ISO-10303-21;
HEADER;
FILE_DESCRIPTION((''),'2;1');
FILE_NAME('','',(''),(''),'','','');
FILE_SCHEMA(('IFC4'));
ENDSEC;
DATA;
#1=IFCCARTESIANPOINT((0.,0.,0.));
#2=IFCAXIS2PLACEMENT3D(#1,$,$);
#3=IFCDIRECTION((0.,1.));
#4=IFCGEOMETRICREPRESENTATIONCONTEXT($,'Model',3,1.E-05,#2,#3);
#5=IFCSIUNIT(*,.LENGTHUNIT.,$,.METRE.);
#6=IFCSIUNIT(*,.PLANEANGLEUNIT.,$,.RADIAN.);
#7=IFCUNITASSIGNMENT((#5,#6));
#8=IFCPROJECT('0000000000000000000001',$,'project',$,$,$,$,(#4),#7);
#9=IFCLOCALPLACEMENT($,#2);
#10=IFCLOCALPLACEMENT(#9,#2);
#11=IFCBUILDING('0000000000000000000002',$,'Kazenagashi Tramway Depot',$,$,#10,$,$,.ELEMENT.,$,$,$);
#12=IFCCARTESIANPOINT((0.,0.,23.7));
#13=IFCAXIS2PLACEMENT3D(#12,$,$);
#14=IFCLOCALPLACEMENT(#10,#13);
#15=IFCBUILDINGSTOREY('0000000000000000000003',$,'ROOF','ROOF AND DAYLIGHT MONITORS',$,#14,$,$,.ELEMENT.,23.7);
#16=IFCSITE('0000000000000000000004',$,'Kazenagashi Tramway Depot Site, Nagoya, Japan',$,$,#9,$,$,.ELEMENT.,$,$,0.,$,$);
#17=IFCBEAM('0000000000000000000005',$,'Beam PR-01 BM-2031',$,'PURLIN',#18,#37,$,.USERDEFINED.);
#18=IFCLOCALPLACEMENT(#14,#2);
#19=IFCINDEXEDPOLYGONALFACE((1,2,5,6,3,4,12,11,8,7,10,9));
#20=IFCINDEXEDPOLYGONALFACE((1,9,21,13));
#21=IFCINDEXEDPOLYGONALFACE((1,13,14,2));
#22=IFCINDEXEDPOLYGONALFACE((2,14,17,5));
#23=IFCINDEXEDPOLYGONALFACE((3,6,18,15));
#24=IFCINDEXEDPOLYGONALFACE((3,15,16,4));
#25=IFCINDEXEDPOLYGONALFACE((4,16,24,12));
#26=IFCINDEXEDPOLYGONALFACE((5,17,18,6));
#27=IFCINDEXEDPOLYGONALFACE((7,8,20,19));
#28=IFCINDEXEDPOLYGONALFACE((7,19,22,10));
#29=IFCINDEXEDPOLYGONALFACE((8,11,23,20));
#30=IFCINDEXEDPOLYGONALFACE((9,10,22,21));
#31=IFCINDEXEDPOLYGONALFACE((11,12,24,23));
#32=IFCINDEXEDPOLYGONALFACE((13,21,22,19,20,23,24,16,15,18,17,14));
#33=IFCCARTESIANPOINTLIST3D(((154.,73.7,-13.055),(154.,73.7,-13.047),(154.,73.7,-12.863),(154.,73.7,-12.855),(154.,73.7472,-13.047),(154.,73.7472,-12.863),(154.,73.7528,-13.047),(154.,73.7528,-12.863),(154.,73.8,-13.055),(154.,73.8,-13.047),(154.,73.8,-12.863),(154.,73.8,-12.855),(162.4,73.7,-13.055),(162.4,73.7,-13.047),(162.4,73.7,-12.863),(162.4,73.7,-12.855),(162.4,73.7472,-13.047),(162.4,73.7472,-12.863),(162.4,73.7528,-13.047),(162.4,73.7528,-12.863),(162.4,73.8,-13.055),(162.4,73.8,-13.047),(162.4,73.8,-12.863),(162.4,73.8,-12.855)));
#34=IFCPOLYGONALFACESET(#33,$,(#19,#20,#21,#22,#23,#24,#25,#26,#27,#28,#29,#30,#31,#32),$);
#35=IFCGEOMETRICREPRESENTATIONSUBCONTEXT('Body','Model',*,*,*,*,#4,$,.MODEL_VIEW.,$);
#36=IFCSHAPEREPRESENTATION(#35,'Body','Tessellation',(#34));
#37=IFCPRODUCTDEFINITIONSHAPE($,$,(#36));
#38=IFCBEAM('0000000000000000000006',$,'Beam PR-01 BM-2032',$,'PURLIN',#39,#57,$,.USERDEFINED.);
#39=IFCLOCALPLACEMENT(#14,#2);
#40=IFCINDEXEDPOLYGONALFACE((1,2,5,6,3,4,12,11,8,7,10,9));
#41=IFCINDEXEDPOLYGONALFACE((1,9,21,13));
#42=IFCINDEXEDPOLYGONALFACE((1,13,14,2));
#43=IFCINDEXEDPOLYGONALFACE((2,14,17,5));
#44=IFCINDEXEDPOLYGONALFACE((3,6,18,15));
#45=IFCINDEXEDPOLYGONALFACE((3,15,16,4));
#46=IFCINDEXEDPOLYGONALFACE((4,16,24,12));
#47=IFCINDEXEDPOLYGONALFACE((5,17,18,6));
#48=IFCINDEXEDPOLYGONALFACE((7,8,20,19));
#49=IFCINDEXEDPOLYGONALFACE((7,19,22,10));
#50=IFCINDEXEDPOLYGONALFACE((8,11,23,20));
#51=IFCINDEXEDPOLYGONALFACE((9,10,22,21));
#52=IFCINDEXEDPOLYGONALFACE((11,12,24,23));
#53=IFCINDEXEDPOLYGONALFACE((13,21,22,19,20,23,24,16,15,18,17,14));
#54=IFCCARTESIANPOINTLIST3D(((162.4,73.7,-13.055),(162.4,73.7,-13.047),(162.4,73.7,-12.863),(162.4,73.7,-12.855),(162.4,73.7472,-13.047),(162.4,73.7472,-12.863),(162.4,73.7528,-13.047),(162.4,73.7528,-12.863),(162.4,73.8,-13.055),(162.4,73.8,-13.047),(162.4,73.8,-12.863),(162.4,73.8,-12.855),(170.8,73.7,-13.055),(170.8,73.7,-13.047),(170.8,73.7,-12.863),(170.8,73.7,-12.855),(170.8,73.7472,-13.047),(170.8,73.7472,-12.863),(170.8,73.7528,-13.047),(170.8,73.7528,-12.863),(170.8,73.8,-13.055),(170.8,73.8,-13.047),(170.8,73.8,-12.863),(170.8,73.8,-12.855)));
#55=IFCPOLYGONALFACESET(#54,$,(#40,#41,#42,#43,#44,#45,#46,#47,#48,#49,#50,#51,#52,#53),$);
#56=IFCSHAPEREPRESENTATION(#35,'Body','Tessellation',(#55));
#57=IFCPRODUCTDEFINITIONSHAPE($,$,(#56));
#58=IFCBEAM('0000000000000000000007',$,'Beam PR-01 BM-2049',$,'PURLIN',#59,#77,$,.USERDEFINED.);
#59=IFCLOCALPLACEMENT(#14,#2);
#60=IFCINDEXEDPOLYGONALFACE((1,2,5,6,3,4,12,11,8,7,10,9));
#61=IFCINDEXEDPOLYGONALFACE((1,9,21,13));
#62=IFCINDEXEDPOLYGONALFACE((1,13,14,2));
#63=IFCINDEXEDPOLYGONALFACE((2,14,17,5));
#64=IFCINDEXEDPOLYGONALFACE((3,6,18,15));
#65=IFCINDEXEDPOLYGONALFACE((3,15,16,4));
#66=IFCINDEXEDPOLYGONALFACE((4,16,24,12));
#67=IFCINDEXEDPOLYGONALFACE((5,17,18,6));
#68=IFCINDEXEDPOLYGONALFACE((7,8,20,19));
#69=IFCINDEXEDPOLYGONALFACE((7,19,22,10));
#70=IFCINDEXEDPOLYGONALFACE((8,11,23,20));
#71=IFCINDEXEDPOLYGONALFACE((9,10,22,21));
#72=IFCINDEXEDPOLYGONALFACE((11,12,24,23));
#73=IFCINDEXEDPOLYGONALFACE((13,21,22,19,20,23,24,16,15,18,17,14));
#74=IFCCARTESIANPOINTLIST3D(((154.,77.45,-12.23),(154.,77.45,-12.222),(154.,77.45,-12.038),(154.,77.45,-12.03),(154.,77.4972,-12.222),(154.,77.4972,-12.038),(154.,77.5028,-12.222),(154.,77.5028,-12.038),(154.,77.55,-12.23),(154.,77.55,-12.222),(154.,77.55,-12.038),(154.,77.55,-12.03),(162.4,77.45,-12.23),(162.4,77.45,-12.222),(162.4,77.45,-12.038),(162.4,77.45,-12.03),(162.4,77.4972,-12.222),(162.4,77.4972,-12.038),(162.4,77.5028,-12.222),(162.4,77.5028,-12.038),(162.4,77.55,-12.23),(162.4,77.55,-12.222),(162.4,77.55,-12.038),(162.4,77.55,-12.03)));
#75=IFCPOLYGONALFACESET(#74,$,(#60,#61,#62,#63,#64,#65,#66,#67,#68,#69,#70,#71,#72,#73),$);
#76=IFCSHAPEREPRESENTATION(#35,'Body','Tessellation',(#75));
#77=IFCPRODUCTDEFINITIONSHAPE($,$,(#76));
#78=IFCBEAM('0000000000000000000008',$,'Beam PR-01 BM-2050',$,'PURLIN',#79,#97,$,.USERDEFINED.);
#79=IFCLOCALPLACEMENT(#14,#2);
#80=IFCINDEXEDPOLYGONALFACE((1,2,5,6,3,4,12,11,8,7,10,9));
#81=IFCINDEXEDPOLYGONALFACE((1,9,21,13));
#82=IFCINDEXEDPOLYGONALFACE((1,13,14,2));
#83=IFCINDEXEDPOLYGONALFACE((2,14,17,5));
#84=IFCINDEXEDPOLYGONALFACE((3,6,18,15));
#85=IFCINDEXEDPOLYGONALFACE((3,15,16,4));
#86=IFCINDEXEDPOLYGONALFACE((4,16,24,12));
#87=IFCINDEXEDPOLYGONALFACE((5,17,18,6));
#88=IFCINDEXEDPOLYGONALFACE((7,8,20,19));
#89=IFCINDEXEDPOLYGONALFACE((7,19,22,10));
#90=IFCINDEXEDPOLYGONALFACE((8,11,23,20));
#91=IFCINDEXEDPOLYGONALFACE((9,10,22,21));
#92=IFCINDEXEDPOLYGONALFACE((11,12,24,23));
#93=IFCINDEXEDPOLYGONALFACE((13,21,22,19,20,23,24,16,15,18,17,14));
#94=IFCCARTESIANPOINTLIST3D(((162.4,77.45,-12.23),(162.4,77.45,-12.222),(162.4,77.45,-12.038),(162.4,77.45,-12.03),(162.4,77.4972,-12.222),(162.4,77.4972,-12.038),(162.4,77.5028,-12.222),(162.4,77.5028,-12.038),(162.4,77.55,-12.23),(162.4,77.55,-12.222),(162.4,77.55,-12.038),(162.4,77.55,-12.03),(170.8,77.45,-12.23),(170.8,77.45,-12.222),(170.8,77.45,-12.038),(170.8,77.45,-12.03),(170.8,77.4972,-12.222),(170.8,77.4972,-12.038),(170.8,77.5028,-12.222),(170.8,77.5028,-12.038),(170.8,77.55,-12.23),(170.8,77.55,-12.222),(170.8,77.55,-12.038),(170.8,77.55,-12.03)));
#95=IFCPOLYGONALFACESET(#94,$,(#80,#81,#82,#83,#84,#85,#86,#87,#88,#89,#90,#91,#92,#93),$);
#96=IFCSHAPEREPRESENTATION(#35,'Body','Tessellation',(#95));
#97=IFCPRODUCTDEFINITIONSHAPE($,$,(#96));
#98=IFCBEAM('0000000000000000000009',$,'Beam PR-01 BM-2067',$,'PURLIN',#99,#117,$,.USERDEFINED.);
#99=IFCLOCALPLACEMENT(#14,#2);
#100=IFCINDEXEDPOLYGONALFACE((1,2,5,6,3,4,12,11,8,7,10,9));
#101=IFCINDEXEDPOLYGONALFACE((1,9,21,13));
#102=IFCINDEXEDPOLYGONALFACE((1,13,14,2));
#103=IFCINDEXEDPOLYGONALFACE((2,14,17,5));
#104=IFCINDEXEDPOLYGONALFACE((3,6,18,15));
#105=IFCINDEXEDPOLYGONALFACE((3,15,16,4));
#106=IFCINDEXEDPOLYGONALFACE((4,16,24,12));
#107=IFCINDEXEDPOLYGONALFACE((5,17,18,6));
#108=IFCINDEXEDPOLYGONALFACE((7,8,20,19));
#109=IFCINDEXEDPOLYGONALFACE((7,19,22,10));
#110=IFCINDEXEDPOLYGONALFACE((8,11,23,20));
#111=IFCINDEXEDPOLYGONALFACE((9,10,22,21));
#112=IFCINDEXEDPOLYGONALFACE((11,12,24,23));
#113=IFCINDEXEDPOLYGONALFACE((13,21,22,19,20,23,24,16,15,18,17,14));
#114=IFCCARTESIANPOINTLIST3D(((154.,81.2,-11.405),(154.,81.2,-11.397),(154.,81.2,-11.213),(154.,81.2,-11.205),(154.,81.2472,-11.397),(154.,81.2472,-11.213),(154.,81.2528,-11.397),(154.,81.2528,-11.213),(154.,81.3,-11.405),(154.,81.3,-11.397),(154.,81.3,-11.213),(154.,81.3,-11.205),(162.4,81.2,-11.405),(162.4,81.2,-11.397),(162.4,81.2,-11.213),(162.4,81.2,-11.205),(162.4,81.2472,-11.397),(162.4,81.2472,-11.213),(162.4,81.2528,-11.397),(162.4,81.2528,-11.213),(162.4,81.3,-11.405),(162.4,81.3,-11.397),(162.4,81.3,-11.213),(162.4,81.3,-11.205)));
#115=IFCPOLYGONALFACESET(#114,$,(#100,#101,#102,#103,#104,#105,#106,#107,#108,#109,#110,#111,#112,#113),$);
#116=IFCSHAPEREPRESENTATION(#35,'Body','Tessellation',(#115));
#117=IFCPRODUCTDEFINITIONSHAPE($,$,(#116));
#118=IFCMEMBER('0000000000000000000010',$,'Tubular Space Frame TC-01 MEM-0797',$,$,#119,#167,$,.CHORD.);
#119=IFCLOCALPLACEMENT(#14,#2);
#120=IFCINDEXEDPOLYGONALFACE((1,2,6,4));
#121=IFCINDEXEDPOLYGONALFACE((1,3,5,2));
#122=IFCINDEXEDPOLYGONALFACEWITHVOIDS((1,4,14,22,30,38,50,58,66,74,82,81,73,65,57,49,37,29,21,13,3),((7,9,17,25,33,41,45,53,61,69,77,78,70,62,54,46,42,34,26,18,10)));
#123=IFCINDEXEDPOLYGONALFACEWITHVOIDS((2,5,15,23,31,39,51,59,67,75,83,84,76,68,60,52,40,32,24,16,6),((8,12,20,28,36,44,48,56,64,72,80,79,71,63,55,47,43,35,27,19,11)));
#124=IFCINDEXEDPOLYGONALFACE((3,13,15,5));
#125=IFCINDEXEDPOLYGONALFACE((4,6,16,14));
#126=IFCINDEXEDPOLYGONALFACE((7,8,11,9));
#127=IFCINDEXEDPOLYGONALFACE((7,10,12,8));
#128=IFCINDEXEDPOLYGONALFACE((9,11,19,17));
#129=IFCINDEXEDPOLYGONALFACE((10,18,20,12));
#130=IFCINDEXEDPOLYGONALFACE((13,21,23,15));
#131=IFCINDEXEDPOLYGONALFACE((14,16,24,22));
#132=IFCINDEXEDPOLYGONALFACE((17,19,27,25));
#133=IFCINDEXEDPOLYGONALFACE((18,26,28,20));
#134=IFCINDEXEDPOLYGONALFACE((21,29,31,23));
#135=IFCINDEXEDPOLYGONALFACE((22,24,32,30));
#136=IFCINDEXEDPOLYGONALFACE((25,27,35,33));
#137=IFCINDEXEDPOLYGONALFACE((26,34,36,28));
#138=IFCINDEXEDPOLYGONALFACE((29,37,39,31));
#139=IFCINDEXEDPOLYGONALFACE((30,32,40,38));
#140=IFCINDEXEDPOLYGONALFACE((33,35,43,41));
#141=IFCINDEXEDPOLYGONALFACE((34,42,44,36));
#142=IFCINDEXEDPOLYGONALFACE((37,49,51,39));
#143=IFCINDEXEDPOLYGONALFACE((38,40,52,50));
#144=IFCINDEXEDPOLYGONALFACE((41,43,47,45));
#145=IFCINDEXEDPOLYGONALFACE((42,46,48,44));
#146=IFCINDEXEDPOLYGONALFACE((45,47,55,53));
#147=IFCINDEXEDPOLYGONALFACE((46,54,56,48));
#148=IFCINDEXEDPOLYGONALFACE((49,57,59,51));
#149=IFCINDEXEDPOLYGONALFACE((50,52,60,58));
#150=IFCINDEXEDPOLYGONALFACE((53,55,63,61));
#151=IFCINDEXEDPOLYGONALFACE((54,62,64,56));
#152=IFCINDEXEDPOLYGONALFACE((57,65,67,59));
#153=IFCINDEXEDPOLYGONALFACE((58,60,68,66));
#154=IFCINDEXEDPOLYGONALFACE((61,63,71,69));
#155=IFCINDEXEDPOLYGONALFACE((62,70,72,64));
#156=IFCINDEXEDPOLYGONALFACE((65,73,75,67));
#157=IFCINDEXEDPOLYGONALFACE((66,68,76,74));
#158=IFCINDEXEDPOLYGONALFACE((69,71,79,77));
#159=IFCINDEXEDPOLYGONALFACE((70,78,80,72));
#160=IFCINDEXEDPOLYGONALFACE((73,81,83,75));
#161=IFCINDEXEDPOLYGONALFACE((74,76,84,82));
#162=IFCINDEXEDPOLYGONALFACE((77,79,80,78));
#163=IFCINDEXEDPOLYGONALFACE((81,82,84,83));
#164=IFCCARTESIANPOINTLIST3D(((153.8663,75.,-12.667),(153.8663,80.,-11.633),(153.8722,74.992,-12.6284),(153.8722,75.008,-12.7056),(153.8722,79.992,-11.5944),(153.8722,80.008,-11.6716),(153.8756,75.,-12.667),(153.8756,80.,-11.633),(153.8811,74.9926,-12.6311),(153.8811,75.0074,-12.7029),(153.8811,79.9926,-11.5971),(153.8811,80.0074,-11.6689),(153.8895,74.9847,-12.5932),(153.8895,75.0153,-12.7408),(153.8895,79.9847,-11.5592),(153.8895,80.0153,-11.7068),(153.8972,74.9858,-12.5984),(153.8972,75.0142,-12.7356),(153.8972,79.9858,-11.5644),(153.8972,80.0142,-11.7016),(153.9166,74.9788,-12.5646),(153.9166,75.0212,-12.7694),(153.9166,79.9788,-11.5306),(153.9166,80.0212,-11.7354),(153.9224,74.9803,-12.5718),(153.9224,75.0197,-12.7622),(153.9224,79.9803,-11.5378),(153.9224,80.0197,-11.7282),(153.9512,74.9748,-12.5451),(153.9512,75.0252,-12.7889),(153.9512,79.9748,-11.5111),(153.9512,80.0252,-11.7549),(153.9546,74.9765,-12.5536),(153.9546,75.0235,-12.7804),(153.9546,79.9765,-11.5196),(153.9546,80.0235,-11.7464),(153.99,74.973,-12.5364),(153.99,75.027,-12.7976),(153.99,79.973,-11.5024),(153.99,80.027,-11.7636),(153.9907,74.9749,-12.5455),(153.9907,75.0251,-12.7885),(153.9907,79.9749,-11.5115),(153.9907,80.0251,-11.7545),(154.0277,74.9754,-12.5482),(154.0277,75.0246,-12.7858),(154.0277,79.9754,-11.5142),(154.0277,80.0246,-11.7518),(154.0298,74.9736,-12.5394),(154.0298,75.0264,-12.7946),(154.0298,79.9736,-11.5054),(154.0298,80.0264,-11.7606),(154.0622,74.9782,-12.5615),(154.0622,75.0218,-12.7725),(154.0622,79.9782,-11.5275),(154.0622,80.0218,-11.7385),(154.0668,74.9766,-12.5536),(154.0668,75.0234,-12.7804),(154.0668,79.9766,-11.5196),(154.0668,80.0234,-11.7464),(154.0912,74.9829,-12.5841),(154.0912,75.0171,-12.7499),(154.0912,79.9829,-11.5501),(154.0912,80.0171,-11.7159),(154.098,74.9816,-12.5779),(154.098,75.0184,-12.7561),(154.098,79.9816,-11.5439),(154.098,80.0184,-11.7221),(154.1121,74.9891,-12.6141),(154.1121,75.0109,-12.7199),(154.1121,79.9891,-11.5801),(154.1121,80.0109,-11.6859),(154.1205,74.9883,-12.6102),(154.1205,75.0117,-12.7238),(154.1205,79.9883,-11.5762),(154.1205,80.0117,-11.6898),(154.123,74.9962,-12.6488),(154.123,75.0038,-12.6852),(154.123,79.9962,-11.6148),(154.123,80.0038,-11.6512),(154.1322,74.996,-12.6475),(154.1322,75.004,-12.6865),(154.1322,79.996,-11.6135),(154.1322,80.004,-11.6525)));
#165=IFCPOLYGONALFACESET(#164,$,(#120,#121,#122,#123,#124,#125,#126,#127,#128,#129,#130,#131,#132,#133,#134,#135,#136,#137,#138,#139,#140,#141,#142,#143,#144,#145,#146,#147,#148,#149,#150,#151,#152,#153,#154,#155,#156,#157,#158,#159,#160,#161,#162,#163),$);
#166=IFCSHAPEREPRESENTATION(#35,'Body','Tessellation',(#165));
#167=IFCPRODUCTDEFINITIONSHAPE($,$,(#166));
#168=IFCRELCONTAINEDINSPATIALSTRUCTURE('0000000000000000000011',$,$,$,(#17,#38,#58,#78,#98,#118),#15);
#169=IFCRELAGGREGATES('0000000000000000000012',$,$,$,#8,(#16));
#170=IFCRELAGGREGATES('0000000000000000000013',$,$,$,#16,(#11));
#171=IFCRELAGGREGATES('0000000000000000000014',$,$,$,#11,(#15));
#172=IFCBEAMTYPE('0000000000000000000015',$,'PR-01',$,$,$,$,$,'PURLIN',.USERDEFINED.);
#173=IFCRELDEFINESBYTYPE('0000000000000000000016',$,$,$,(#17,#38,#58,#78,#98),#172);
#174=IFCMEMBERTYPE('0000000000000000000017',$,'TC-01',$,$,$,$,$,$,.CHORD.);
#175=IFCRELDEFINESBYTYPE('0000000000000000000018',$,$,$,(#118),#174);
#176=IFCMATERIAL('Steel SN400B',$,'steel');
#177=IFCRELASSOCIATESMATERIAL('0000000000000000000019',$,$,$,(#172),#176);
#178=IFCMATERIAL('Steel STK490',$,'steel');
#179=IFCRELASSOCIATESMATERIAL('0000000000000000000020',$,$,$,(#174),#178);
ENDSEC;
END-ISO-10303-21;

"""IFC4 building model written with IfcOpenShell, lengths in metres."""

from ifc_helpers import new_model, si_unit, direction, frame, origin, origin_2d, place, context, subcontext, project, spatial, hollow_circle, i_section, extrude, material, material_profile, profile_set, type_object, element, save


model = new_model("IFC4")

# Units and contexts
model_context = context("Model", 3, precision=1e-05, world=origin(), true_north=direction((0.0, 1.0)))
body_context = subcontext(model_context, "Body", "Model", "MODEL_VIEW")
ifc_project = project(units=[si_unit("LENGTHUNIT", "METRE"), si_unit("PLANEANGLEUNIT", "RADIAN")], contexts=[model_context])

# Site, building, storey
site_placement = place(None, origin())
site = spatial("IfcSite", under=ifc_project, at=site_placement, Name="Kazenagashi Tramway Depot Site, Nagoya, Japan", CompositionType="ELEMENT", RefElevation=0.0)
building_placement = place(site_placement, origin())
building = spatial("IfcBuilding", under=site, at=building_placement, Name="Kazenagashi Tramway Depot", CompositionType="ELEMENT")
storey_placement = place(building_placement, frame((0.0, 0.0, 23.7)))
storey = spatial("IfcBuildingStorey", under=building, at=storey_placement, Name="ROOF", Description="ROOF AND DAYLIGHT MONITORS", CompositionType="ELEMENT", Elevation=23.7)

# Beams
ifc_material_1 = material(Name="Steel SN400B", Category="steel")
ifc_material_profile_1 = material_profile(ifc_material_1, i_section(OverallWidth=0.1, OverallDepth=0.2, WebThickness=0.0055, FlangeThickness=0.008, at=origin_2d()), Name="H-200x100x5.5x8")
ifc_profile_set_1 = profile_set([ifc_material_profile_1], Name="Steel SN400B")
beam_type = type_object("IfcBeamType", Name="PR-01", ElementType="PURLIN", PredefinedType="USERDEFINED", material=ifc_profile_set_1)
for number, where, z_axis, x_axis, name in (
    (1, (154.0, 73.75, -12.955), (1.0, 0.0, 0.0), (0.0, 1.0, 0.0), "Beam PR-01 BM-2031"),
    (2, (162.4, 73.75, -12.955), (1.0, 0.0, 0.0), (0.0, 1.0, 0.0), "Beam PR-01 BM-2032"),
    (3, (154.0, 77.5, -12.13), (1.0, 0.0, 0.0), (0.0, 1.0, 0.0), "Beam PR-01 BM-2049"),
    (4, (162.4, 77.5, -12.13), (1.0, 0.0, 0.0), (0.0, 1.0, 0.0), "Beam PR-01 BM-2050"),
    (5, (154.0, 81.25, -11.305), (1.0, 0.0, 0.0), (0.0, 1.0, 0.0), "Beam PR-01 BM-2067"),
):
    element("IfcBeam", number, at=place(storey_placement, frame(where, z_axis=z_axis, x_axis=x_axis)), inside=storey, type_object=beam_type, Name=name, ObjectType="PURLIN", PredefinedType="USERDEFINED", context=body_context, shape_type="SweptSolid", body=[
        extrude(i_section(OverallWidth=0.1, OverallDepth=0.2, WebThickness=0.0055, FlangeThickness=0.008, at=origin_2d()), origin(), (0.0, 0.0, 1.0), 8.4),
    ])

# Member
ifc_material_2 = material(Name="Steel STK490", Category="steel")
ifc_material_profile_2 = material_profile(ifc_material_2, hollow_circle(Radius=0.1337, WallThickness=0.0093, at=origin_2d()), Name="CHS-267.4x9.3")
ifc_profile_set_2 = profile_set([ifc_material_profile_2], Name="Steel STK490")
member_type_1 = type_object("IfcMemberType", Name="TC-01", PredefinedType="CHORD", material=ifc_profile_set_2)
member_1_placement = place(storey_placement, frame((154.0, 75.0, -12.667), z_axis=(0.0, 0.979279, 0.202515), x_axis=(-1.0, 0.0, 0.0)))
element("IfcMember", 6, at=member_1_placement, inside=storey, type_object=member_type_1, Name="Tubular Space Frame TC-01 MEM-0797", PredefinedType="CHORD", context=body_context, shape_type="SweptSolid", body=[
    extrude(hollow_circle(Radius=0.1337, WallThickness=0.0093, at=origin_2d()), origin(), (0.0, 0.0, 1.0), 5.1058),
])

save(model, "model.ifc")
